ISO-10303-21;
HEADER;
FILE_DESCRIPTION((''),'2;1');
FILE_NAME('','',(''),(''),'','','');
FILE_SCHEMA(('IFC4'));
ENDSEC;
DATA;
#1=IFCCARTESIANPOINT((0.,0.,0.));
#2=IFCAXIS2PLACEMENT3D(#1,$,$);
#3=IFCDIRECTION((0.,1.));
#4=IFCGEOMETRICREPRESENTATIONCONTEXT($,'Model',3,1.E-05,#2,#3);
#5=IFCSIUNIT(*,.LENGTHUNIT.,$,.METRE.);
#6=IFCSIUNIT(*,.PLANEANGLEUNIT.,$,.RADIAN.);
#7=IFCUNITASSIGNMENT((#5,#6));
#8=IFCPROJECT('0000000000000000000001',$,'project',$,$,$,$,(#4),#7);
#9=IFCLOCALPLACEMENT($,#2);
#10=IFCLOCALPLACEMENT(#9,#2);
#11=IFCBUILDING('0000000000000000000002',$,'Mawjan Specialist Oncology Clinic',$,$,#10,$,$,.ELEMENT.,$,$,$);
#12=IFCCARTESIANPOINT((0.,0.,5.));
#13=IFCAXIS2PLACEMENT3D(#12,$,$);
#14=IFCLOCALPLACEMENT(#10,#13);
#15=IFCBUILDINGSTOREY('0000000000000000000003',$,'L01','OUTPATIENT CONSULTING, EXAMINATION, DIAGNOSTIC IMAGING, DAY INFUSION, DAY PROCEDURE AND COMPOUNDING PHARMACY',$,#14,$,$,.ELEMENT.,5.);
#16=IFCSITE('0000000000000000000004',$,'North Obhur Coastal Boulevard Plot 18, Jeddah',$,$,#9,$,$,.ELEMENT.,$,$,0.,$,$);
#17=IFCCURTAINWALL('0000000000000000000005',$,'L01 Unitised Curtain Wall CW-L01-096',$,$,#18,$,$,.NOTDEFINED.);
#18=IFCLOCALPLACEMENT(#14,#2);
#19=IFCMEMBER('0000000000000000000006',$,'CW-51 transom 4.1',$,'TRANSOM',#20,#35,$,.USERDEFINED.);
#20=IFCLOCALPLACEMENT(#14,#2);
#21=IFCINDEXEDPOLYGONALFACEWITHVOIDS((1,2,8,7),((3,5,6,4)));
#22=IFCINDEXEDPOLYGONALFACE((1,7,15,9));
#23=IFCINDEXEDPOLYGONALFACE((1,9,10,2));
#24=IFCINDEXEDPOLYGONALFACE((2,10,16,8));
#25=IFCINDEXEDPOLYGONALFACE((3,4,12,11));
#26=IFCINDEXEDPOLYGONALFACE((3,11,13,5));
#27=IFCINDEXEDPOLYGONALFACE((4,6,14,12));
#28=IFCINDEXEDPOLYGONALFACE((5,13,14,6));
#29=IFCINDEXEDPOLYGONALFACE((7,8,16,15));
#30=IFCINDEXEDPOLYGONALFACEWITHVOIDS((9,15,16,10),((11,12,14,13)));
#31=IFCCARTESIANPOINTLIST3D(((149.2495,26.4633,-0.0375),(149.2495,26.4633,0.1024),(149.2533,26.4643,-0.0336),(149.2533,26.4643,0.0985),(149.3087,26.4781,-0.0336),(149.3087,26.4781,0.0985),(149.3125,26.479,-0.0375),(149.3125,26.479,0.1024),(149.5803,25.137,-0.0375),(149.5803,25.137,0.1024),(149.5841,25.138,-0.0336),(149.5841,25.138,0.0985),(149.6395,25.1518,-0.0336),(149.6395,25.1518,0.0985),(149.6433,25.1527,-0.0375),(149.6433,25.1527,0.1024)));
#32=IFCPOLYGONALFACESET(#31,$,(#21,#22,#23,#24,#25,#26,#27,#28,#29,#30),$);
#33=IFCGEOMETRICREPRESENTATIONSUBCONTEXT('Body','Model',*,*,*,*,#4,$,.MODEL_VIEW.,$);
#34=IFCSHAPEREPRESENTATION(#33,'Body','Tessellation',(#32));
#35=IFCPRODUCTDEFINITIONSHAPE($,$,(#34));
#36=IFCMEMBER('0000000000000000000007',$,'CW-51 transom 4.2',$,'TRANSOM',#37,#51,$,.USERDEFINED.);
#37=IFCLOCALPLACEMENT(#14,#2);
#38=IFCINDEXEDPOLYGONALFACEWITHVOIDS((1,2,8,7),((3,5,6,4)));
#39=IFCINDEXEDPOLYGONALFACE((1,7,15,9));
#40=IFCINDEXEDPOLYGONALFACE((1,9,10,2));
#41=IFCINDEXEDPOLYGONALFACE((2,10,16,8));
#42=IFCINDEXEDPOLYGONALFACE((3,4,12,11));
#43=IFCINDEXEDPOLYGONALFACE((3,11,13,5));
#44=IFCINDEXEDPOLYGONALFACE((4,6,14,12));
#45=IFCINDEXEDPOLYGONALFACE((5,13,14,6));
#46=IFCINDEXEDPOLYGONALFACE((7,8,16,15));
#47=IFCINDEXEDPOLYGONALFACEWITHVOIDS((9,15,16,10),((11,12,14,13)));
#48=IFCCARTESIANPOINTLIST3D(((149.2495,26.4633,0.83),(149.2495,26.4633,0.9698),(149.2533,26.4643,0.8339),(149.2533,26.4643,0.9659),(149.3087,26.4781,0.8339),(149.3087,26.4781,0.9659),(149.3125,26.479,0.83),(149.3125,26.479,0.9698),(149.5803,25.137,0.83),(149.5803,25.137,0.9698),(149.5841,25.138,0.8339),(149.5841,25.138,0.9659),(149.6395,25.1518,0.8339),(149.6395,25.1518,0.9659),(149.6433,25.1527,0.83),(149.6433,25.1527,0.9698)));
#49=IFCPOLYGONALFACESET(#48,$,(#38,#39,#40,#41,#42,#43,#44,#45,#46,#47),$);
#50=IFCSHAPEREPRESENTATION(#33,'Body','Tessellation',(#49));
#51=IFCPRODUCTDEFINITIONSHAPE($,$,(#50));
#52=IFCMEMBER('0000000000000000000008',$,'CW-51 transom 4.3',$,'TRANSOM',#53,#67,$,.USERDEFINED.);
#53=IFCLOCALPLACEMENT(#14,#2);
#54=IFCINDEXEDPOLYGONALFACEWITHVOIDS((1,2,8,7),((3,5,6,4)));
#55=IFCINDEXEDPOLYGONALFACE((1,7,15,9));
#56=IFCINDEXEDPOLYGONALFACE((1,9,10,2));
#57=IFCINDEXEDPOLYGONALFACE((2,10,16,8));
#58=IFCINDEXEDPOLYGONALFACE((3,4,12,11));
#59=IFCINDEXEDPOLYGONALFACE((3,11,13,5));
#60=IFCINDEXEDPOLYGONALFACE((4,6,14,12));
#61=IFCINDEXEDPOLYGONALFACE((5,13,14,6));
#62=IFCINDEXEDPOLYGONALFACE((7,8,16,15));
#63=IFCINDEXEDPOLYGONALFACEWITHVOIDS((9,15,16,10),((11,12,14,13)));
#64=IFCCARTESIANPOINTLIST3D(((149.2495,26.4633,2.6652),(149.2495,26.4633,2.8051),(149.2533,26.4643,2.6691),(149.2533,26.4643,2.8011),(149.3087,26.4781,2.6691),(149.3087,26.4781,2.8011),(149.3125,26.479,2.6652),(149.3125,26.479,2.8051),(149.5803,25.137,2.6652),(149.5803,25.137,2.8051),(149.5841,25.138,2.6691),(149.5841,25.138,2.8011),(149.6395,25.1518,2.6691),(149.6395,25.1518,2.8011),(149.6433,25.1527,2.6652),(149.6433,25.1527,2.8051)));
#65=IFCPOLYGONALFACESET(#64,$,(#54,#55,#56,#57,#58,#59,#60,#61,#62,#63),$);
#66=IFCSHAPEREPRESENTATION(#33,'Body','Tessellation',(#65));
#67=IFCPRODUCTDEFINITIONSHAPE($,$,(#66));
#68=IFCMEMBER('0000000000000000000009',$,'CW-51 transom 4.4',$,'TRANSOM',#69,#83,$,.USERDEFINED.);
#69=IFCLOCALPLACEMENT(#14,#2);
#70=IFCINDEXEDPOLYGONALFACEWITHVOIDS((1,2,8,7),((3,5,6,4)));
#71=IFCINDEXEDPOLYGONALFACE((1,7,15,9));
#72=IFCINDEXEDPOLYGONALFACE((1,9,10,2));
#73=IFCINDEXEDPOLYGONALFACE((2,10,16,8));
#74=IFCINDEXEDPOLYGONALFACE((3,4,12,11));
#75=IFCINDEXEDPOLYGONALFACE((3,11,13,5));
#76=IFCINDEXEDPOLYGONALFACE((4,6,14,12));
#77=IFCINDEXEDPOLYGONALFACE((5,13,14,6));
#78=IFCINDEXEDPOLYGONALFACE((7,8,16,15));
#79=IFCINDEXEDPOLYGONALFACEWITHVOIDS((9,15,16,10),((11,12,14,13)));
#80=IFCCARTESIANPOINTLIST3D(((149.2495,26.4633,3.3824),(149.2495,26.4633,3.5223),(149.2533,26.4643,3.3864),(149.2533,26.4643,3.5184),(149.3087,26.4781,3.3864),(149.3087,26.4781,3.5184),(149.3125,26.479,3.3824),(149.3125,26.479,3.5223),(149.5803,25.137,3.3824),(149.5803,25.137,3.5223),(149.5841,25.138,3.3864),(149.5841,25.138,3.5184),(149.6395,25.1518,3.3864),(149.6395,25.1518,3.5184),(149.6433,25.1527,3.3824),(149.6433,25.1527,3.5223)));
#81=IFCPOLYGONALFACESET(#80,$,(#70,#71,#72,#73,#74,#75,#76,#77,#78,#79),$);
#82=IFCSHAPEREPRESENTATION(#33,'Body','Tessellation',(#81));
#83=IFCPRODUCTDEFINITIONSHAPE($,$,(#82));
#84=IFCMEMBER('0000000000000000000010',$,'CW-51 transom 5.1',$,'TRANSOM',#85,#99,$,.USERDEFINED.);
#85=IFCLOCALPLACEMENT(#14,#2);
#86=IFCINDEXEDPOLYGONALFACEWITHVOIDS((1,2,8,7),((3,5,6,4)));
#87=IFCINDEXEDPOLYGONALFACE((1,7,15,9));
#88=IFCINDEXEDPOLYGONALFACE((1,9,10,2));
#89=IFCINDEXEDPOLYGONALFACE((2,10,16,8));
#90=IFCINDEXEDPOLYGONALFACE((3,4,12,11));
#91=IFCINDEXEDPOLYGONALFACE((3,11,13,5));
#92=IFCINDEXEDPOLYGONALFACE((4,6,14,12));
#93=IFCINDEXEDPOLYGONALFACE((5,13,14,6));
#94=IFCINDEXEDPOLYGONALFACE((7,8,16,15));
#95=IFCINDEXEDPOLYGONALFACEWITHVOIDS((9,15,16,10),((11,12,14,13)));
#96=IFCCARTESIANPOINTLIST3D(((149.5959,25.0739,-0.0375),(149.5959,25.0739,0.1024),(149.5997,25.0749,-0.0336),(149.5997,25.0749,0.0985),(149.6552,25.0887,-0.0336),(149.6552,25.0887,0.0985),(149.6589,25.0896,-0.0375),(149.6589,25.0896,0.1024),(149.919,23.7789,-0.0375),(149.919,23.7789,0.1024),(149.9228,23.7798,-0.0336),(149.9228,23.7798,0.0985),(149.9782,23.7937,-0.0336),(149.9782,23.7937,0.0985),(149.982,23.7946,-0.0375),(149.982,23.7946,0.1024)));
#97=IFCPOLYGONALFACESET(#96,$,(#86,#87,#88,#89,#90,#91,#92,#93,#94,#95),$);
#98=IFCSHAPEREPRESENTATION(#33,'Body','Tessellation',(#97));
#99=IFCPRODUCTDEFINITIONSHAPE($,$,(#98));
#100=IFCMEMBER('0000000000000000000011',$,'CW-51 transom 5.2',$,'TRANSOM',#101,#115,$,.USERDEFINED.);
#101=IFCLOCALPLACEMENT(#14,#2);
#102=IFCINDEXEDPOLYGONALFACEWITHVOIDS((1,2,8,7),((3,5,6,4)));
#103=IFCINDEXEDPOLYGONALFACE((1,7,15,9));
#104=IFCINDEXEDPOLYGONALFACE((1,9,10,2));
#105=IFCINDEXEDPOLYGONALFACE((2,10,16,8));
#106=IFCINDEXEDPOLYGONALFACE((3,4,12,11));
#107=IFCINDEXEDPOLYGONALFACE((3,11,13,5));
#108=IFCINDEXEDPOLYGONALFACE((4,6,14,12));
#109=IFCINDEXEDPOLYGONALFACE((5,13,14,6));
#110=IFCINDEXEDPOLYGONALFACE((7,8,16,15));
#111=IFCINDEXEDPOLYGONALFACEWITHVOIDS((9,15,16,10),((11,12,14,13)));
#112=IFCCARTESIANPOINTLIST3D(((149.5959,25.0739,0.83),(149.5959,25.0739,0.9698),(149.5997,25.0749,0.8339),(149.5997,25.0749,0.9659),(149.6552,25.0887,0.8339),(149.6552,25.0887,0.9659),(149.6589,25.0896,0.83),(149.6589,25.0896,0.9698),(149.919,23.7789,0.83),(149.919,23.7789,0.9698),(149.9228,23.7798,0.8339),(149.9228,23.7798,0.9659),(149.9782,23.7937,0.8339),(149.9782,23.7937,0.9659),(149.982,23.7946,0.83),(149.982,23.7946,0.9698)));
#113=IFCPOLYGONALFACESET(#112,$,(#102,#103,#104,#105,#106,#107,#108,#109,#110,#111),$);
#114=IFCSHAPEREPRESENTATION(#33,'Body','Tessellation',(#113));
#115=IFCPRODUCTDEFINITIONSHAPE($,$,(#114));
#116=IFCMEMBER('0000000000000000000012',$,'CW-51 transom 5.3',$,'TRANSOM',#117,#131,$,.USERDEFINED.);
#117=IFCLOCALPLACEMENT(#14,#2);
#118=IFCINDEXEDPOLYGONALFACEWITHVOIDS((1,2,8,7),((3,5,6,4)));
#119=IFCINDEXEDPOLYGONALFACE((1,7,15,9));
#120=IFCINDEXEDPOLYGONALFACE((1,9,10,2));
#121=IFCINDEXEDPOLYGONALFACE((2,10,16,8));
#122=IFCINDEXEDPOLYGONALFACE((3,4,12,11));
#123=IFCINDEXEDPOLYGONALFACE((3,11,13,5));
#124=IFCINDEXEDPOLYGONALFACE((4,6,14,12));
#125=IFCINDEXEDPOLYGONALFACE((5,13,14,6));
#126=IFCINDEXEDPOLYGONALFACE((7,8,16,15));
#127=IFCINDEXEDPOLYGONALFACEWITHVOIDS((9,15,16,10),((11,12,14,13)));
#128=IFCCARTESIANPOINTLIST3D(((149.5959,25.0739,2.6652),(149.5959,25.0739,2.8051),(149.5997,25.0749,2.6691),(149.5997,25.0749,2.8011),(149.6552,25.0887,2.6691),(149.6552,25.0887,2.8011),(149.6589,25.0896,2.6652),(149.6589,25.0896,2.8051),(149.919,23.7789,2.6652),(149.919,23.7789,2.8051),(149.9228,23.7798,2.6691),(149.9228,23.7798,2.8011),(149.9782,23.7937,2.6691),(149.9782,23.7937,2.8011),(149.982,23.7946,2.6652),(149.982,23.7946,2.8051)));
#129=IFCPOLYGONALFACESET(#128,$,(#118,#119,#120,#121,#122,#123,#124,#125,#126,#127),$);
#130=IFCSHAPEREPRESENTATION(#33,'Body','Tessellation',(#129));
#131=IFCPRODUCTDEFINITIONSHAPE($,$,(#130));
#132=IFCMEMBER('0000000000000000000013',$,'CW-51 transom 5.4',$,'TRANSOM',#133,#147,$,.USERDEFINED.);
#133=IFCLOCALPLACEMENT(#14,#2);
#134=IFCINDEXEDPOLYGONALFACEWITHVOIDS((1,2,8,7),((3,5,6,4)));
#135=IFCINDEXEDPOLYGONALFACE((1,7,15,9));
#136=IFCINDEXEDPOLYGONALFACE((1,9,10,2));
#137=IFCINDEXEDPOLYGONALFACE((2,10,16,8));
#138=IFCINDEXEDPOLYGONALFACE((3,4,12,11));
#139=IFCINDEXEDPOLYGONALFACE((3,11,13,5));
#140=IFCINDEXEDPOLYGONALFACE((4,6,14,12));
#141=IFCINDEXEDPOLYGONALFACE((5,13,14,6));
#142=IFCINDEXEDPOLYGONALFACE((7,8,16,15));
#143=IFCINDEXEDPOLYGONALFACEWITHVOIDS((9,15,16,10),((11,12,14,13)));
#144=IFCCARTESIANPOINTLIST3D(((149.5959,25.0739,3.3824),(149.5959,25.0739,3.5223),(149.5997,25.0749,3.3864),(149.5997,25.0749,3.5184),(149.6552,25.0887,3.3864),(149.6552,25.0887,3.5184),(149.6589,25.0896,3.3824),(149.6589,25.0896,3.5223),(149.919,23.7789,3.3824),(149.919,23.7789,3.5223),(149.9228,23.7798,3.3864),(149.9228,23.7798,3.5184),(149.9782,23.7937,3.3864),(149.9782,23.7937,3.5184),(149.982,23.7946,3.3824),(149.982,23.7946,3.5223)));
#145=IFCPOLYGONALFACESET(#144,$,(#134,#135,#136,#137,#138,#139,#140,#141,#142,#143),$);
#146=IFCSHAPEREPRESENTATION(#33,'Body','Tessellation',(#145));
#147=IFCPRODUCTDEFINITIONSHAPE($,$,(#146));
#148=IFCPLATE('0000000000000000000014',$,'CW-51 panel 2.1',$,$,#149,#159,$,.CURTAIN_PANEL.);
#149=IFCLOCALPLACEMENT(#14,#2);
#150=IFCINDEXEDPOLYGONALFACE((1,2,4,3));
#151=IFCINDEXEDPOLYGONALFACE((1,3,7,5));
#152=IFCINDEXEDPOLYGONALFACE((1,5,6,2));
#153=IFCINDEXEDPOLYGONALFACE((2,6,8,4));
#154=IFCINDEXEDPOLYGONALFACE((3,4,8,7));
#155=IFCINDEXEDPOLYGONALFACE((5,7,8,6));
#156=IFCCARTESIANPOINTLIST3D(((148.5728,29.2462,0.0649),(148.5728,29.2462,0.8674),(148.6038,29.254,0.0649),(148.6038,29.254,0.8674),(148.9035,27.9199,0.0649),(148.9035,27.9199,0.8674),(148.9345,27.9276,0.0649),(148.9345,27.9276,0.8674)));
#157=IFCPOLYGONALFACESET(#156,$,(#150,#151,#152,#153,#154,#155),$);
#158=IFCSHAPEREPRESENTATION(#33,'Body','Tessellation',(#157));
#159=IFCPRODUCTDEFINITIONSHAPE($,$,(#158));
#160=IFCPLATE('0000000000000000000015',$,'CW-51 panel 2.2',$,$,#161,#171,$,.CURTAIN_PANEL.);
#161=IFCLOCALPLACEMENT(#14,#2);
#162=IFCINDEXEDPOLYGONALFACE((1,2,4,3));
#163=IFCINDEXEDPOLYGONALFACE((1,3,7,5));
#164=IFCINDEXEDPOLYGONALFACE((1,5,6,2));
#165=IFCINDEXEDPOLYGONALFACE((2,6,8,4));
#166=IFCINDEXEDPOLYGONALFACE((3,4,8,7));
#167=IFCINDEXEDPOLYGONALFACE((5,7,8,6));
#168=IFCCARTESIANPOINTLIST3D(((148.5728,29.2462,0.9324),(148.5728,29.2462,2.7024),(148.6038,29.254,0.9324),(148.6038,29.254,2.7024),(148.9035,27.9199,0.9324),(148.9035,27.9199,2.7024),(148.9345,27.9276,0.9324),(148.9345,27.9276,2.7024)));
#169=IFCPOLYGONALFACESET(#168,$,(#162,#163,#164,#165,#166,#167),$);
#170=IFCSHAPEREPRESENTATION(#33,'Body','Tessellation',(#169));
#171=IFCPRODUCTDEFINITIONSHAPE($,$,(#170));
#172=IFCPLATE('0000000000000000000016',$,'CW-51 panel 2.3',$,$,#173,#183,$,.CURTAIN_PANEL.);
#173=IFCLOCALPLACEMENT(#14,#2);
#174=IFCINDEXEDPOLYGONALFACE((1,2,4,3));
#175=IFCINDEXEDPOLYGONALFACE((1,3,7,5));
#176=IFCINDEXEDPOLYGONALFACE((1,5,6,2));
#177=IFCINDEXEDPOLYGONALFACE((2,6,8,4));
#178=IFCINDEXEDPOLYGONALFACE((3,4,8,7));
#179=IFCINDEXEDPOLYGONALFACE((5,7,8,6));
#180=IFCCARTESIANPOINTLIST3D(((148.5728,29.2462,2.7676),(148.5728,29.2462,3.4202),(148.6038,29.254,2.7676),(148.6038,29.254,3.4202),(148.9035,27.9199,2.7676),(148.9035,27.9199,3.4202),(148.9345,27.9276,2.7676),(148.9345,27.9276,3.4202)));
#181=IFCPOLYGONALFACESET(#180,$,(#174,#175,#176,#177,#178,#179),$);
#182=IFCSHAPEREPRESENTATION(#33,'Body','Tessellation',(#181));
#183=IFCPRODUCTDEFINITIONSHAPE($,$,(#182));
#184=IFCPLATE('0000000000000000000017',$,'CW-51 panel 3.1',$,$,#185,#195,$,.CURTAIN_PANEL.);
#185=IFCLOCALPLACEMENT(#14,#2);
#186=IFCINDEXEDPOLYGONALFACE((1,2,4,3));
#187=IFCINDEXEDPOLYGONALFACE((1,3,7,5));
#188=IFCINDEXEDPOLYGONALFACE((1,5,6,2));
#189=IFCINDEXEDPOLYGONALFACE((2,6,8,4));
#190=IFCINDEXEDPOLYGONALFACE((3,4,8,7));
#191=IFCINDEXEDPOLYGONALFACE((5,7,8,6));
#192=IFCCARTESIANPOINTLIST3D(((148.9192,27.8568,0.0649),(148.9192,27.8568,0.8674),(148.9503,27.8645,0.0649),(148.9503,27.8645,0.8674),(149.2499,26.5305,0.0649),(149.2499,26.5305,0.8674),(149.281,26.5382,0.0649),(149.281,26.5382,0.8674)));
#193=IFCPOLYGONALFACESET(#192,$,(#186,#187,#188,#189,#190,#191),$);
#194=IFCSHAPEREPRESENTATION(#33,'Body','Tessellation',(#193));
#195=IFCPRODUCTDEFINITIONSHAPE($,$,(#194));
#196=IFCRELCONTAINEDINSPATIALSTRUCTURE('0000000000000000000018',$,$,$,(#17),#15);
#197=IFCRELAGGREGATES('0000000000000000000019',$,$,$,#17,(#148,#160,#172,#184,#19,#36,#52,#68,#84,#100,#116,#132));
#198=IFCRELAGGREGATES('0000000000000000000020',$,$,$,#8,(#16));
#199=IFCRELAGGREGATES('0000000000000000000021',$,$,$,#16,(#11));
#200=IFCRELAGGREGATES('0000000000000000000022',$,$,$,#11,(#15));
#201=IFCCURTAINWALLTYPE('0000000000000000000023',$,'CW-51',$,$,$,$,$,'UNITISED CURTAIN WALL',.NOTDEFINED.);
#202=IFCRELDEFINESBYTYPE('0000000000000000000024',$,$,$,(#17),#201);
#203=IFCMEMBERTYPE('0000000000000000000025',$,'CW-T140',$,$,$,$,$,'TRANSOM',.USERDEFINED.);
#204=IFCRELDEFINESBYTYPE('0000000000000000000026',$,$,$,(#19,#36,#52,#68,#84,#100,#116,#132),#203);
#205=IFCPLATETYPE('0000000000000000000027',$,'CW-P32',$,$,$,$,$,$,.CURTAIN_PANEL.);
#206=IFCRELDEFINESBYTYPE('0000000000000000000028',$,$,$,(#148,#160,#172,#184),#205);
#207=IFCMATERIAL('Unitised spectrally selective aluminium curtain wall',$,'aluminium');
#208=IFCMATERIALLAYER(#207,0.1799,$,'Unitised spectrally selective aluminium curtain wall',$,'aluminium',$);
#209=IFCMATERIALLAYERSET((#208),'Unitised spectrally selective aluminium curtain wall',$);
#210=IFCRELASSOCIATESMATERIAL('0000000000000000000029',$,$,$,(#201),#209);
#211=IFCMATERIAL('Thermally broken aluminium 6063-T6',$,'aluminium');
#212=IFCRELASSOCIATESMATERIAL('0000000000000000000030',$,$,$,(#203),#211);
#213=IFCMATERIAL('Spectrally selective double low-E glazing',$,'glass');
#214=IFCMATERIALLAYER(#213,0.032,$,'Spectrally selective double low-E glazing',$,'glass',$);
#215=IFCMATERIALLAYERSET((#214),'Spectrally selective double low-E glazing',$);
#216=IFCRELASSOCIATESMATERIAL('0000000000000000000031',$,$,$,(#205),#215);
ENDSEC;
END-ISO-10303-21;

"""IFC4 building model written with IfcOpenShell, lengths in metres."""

from ifc_helpers import new_model, si_unit, direction, frame, origin, origin_2d, place, context, subcontext, project, spatial, rectangle, hollow_rectangle, extrude, material, layer, layer_set, material_profile, profile_set, type_object, element, aggregate, save


model = new_model("IFC4")

# Units and contexts
model_context = context("Model", 3, precision=1e-05, world=origin(), true_north=direction((0.0, 1.0)))
body_context = subcontext(model_context, "Body", "Model", "MODEL_VIEW")
ifc_project = project(units=[si_unit("LENGTHUNIT", "METRE"), si_unit("PLANEANGLEUNIT", "RADIAN")], contexts=[model_context])

# Site, building, storey
site_placement = place(None, origin())
site = spatial("IfcSite", under=ifc_project, at=site_placement, Name="North Obhur Coastal Boulevard Plot 18, Jeddah", CompositionType="ELEMENT", RefElevation=0.0)
building_placement = place(site_placement, origin())
building = spatial("IfcBuilding", under=site, at=building_placement, Name="Mawjan Specialist Oncology Clinic", CompositionType="ELEMENT")
storey_placement = place(building_placement, frame((0.0, 0.0, 5.0)))
storey = spatial("IfcBuildingStorey", under=building, at=storey_placement, Name="L01", Description="OUTPATIENT CONSULTING, EXAMINATION, DIAGNOSTIC IMAGING, DAY INFUSION, DAY PROCEDURE AND COMPOUNDING PHARMACY", CompositionType="ELEMENT", Elevation=5.0)

# Curtain wall, members, plates
ifc_material_1 = material(Name="Unitised spectrally selective aluminium curtain wall", Category="aluminium")
ifc_layer_1 = layer(ifc_material_1, 0.1799, Name="Unitised spectrally selective aluminium curtain wall", Category="aluminium")
ifc_layer_set_1 = layer_set([ifc_layer_1], Name="Unitised spectrally selective aluminium curtain wall")
curtain_wall_type = type_object("IfcCurtainWallType", Name="CW-51", ElementType="UNITISED CURTAIN WALL", PredefinedType="NOTDEFINED", material=ifc_layer_set_1)
curtain_wall_placement = place(storey_placement, origin())
curtain_wall = element("IfcCurtainWall", 1, at=curtain_wall_placement, inside=storey, type_object=curtain_wall_type, Name="L01 Unitised Curtain Wall CW-L01-096", PredefinedType="NOTDEFINED")
ifc_material_2 = material(Name="Thermally broken aluminium 6063-T6", Category="aluminium")
ifc_material_profile_1 = material_profile(ifc_material_2, hollow_rectangle(XDim=0.0649, YDim=0.1399, WallThickness=0.0039, at=origin_2d()), Name="ALU TRANSOM 140x65x4", Category="aluminium")
ifc_profile_set_1 = profile_set([ifc_material_profile_1], Name="Thermally broken aluminium 6063-T6")
member_type_1 = type_object("IfcMemberType", Name="CW-T140", ElementType="TRANSOM", PredefinedType="USERDEFINED", material=ifc_profile_set_1)
member_1_placement = place(storey_placement, frame((149.281, 26.4712, 0.0325), z_axis=(0.241989, -0.970279, 0.0), x_axis=(0.970279, 0.241989, 0.0)))
member_1 = element("IfcMember", 2, at=member_1_placement, type_object=member_type_1, Name="CW-51 transom 4.1", ObjectType="TRANSOM", PredefinedType="USERDEFINED", context=body_context, shape_type="SweptSolid", body=[
    extrude(hollow_rectangle(XDim=0.0649, YDim=0.1399, WallThickness=0.0039, at=origin_2d()), origin(), (0.0, 0.0, 1.0), 1.3669),
])
member_2_placement = place(storey_placement, frame((149.281, 26.4712, 0.8999), z_axis=(0.241989, -0.970279, 0.0), x_axis=(0.970279, 0.241989, 0.0)))
member_2 = element("IfcMember", 3, at=member_2_placement, type_object=member_type_1, Name="CW-51 transom 4.2", ObjectType="TRANSOM", PredefinedType="USERDEFINED", context=body_context, shape_type="SweptSolid", body=[
    extrude(hollow_rectangle(XDim=0.0649, YDim=0.1399, WallThickness=0.0039, at=origin_2d()), origin(), (0.0, 0.0, 1.0), 1.3669),
])
member_3_placement = place(storey_placement, frame((149.281, 26.4712, 2.7351), z_axis=(0.241989, -0.970279, 0.0), x_axis=(0.970279, 0.241989, 0.0)))
member_3 = element("IfcMember", 4, at=member_3_placement, type_object=member_type_1, Name="CW-51 transom 4.3", ObjectType="TRANSOM", PredefinedType="USERDEFINED", context=body_context, shape_type="SweptSolid", body=[
    extrude(hollow_rectangle(XDim=0.0649, YDim=0.1399, WallThickness=0.0039, at=origin_2d()), origin(), (0.0, 0.0, 1.0), 1.3669),
])
member_4_placement = place(storey_placement, frame((149.281, 26.4712, 3.4524), z_axis=(0.241989, -0.970279, 0.0), x_axis=(0.970279, 0.241989, 0.0)))
member_4 = element("IfcMember", 5, at=member_4_placement, type_object=member_type_1, Name="CW-51 transom 4.4", ObjectType="TRANSOM", PredefinedType="USERDEFINED", context=body_context, shape_type="SweptSolid", body=[
    extrude(hollow_rectangle(XDim=0.0649, YDim=0.1399, WallThickness=0.0039, at=origin_2d()), origin(), (0.0, 0.0, 1.0), 1.3669),
])
member_5_placement = place(storey_placement, frame((149.6274, 25.0818, 0.0325), z_axis=(0.242019, -0.970271, 0.0), x_axis=(0.970271, 0.242019, 0.0)))
member_5 = element("IfcMember", 6, at=member_5_placement, type_object=member_type_1, Name="CW-51 transom 5.1", ObjectType="TRANSOM", PredefinedType="USERDEFINED", context=body_context, shape_type="SweptSolid", body=[
    extrude(hollow_rectangle(XDim=0.0649, YDim=0.1399, WallThickness=0.0039, at=origin_2d()), origin(), (0.0, 0.0, 1.0), 1.3347),
])
member_6_placement = place(storey_placement, frame((149.6274, 25.0818, 0.8999), z_axis=(0.242019, -0.970271, 0.0), x_axis=(0.970271, 0.242019, 0.0)))
member_6 = element("IfcMember", 7, at=member_6_placement, type_object=member_type_1, Name="CW-51 transom 5.2", ObjectType="TRANSOM", PredefinedType="USERDEFINED", context=body_context, shape_type="SweptSolid", body=[
    extrude(hollow_rectangle(XDim=0.0649, YDim=0.1399, WallThickness=0.0039, at=origin_2d()), origin(), (0.0, 0.0, 1.0), 1.3347),
])
member_7_placement = place(storey_placement, frame((149.6274, 25.0818, 2.7351), z_axis=(0.242019, -0.970271, 0.0), x_axis=(0.970271, 0.242019, 0.0)))
member_7 = element("IfcMember", 8, at=member_7_placement, type_object=member_type_1, Name="CW-51 transom 5.3", ObjectType="TRANSOM", PredefinedType="USERDEFINED", context=body_context, shape_type="SweptSolid", body=[
    extrude(hollow_rectangle(XDim=0.0649, YDim=0.1399, WallThickness=0.0039, at=origin_2d()), origin(), (0.0, 0.0, 1.0), 1.3347),
])
member_8_placement = place(storey_placement, frame((149.6274, 25.0818, 3.4524), z_axis=(0.242019, -0.970271, 0.0), x_axis=(0.970271, 0.242019, 0.0)))
member_8 = element("IfcMember", 9, at=member_8_placement, type_object=member_type_1, Name="CW-51 transom 5.4", ObjectType="TRANSOM", PredefinedType="USERDEFINED", context=body_context, shape_type="SweptSolid", body=[
    extrude(hollow_rectangle(XDim=0.0649, YDim=0.1399, WallThickness=0.0039, at=origin_2d()), origin(), (0.0, 0.0, 1.0), 1.3347),
])
ifc_material_3 = material(Name="Spectrally selective double low-E glazing", Category="glass")
ifc_layer_2 = layer(ifc_material_3, 0.032, Name="Spectrally selective double low-E glazing", Category="glass")
ifc_layer_set_2 = layer_set([ifc_layer_2], Name="Spectrally selective double low-E glazing")
plate_type = type_object("IfcPlateType", Name="CW-P32", PredefinedType="CURTAIN_PANEL", material=ifc_layer_set_2)
plate_1_placement = place(storey_placement, frame((148.7537, 28.5869, 0.0649), z_axis=(0.0, 0.0, 1.0), x_axis=(0.241922, -0.970296, 0.0)))
plate_1 = element("IfcPlate", 10, at=plate_1_placement, type_object=plate_type, Name="CW-51 panel 2.1", PredefinedType="CURTAIN_PANEL", context=body_context, shape_type="SweptSolid", body=[
    extrude(rectangle(XDim=1.3669, YDim=0.032, at=origin_2d()), origin(), (0.0, 0.0, 1.0), 0.8025),
])
plate_2_placement = place(storey_placement, frame((148.7537, 28.5869, 0.9324), z_axis=(0.0, 0.0, 1.0), x_axis=(0.241922, -0.970296, 0.0)))
plate_2 = element("IfcPlate", 11, at=plate_2_placement, type_object=plate_type, Name="CW-51 panel 2.2", PredefinedType="CURTAIN_PANEL", context=body_context, shape_type="SweptSolid", body=[
    extrude(rectangle(XDim=1.3669, YDim=0.032, at=origin_2d()), origin(), (0.0, 0.0, 1.0), 1.77),
])
plate_3_placement = place(storey_placement, frame((148.7537, 28.5869, 2.7676), z_axis=(0.0, 0.0, 1.0), x_axis=(0.241922, -0.970296, 0.0)))
plate_3 = element("IfcPlate", 12, at=plate_3_placement, type_object=plate_type, Name="CW-51 panel 2.3", PredefinedType="CURTAIN_PANEL", context=body_context, shape_type="SweptSolid", body=[
    extrude(rectangle(XDim=1.3669, YDim=0.032, at=origin_2d()), origin(), (0.0, 0.0, 1.0), 0.6526),
])
plate_4_placement = place(storey_placement, frame((149.1001, 27.1975, 0.0649), z_axis=(0.0, 0.0, 1.0), x_axis=(0.241922, -0.970296, 0.0)))
plate_4 = element("IfcPlate", 13, at=plate_4_placement, type_object=plate_type, Name="CW-51 panel 3.1", PredefinedType="CURTAIN_PANEL", context=body_context, shape_type="SweptSolid", body=[
    extrude(rectangle(XDim=1.3669, YDim=0.032, at=origin_2d()), origin(), (0.0, 0.0, 1.0), 0.8025),
])
aggregate(curtain_wall, [plate_1, plate_2, plate_3, plate_4, member_1, member_2, member_3, member_4, member_5, member_6, member_7, member_8])

save(model, "model.ifc")
